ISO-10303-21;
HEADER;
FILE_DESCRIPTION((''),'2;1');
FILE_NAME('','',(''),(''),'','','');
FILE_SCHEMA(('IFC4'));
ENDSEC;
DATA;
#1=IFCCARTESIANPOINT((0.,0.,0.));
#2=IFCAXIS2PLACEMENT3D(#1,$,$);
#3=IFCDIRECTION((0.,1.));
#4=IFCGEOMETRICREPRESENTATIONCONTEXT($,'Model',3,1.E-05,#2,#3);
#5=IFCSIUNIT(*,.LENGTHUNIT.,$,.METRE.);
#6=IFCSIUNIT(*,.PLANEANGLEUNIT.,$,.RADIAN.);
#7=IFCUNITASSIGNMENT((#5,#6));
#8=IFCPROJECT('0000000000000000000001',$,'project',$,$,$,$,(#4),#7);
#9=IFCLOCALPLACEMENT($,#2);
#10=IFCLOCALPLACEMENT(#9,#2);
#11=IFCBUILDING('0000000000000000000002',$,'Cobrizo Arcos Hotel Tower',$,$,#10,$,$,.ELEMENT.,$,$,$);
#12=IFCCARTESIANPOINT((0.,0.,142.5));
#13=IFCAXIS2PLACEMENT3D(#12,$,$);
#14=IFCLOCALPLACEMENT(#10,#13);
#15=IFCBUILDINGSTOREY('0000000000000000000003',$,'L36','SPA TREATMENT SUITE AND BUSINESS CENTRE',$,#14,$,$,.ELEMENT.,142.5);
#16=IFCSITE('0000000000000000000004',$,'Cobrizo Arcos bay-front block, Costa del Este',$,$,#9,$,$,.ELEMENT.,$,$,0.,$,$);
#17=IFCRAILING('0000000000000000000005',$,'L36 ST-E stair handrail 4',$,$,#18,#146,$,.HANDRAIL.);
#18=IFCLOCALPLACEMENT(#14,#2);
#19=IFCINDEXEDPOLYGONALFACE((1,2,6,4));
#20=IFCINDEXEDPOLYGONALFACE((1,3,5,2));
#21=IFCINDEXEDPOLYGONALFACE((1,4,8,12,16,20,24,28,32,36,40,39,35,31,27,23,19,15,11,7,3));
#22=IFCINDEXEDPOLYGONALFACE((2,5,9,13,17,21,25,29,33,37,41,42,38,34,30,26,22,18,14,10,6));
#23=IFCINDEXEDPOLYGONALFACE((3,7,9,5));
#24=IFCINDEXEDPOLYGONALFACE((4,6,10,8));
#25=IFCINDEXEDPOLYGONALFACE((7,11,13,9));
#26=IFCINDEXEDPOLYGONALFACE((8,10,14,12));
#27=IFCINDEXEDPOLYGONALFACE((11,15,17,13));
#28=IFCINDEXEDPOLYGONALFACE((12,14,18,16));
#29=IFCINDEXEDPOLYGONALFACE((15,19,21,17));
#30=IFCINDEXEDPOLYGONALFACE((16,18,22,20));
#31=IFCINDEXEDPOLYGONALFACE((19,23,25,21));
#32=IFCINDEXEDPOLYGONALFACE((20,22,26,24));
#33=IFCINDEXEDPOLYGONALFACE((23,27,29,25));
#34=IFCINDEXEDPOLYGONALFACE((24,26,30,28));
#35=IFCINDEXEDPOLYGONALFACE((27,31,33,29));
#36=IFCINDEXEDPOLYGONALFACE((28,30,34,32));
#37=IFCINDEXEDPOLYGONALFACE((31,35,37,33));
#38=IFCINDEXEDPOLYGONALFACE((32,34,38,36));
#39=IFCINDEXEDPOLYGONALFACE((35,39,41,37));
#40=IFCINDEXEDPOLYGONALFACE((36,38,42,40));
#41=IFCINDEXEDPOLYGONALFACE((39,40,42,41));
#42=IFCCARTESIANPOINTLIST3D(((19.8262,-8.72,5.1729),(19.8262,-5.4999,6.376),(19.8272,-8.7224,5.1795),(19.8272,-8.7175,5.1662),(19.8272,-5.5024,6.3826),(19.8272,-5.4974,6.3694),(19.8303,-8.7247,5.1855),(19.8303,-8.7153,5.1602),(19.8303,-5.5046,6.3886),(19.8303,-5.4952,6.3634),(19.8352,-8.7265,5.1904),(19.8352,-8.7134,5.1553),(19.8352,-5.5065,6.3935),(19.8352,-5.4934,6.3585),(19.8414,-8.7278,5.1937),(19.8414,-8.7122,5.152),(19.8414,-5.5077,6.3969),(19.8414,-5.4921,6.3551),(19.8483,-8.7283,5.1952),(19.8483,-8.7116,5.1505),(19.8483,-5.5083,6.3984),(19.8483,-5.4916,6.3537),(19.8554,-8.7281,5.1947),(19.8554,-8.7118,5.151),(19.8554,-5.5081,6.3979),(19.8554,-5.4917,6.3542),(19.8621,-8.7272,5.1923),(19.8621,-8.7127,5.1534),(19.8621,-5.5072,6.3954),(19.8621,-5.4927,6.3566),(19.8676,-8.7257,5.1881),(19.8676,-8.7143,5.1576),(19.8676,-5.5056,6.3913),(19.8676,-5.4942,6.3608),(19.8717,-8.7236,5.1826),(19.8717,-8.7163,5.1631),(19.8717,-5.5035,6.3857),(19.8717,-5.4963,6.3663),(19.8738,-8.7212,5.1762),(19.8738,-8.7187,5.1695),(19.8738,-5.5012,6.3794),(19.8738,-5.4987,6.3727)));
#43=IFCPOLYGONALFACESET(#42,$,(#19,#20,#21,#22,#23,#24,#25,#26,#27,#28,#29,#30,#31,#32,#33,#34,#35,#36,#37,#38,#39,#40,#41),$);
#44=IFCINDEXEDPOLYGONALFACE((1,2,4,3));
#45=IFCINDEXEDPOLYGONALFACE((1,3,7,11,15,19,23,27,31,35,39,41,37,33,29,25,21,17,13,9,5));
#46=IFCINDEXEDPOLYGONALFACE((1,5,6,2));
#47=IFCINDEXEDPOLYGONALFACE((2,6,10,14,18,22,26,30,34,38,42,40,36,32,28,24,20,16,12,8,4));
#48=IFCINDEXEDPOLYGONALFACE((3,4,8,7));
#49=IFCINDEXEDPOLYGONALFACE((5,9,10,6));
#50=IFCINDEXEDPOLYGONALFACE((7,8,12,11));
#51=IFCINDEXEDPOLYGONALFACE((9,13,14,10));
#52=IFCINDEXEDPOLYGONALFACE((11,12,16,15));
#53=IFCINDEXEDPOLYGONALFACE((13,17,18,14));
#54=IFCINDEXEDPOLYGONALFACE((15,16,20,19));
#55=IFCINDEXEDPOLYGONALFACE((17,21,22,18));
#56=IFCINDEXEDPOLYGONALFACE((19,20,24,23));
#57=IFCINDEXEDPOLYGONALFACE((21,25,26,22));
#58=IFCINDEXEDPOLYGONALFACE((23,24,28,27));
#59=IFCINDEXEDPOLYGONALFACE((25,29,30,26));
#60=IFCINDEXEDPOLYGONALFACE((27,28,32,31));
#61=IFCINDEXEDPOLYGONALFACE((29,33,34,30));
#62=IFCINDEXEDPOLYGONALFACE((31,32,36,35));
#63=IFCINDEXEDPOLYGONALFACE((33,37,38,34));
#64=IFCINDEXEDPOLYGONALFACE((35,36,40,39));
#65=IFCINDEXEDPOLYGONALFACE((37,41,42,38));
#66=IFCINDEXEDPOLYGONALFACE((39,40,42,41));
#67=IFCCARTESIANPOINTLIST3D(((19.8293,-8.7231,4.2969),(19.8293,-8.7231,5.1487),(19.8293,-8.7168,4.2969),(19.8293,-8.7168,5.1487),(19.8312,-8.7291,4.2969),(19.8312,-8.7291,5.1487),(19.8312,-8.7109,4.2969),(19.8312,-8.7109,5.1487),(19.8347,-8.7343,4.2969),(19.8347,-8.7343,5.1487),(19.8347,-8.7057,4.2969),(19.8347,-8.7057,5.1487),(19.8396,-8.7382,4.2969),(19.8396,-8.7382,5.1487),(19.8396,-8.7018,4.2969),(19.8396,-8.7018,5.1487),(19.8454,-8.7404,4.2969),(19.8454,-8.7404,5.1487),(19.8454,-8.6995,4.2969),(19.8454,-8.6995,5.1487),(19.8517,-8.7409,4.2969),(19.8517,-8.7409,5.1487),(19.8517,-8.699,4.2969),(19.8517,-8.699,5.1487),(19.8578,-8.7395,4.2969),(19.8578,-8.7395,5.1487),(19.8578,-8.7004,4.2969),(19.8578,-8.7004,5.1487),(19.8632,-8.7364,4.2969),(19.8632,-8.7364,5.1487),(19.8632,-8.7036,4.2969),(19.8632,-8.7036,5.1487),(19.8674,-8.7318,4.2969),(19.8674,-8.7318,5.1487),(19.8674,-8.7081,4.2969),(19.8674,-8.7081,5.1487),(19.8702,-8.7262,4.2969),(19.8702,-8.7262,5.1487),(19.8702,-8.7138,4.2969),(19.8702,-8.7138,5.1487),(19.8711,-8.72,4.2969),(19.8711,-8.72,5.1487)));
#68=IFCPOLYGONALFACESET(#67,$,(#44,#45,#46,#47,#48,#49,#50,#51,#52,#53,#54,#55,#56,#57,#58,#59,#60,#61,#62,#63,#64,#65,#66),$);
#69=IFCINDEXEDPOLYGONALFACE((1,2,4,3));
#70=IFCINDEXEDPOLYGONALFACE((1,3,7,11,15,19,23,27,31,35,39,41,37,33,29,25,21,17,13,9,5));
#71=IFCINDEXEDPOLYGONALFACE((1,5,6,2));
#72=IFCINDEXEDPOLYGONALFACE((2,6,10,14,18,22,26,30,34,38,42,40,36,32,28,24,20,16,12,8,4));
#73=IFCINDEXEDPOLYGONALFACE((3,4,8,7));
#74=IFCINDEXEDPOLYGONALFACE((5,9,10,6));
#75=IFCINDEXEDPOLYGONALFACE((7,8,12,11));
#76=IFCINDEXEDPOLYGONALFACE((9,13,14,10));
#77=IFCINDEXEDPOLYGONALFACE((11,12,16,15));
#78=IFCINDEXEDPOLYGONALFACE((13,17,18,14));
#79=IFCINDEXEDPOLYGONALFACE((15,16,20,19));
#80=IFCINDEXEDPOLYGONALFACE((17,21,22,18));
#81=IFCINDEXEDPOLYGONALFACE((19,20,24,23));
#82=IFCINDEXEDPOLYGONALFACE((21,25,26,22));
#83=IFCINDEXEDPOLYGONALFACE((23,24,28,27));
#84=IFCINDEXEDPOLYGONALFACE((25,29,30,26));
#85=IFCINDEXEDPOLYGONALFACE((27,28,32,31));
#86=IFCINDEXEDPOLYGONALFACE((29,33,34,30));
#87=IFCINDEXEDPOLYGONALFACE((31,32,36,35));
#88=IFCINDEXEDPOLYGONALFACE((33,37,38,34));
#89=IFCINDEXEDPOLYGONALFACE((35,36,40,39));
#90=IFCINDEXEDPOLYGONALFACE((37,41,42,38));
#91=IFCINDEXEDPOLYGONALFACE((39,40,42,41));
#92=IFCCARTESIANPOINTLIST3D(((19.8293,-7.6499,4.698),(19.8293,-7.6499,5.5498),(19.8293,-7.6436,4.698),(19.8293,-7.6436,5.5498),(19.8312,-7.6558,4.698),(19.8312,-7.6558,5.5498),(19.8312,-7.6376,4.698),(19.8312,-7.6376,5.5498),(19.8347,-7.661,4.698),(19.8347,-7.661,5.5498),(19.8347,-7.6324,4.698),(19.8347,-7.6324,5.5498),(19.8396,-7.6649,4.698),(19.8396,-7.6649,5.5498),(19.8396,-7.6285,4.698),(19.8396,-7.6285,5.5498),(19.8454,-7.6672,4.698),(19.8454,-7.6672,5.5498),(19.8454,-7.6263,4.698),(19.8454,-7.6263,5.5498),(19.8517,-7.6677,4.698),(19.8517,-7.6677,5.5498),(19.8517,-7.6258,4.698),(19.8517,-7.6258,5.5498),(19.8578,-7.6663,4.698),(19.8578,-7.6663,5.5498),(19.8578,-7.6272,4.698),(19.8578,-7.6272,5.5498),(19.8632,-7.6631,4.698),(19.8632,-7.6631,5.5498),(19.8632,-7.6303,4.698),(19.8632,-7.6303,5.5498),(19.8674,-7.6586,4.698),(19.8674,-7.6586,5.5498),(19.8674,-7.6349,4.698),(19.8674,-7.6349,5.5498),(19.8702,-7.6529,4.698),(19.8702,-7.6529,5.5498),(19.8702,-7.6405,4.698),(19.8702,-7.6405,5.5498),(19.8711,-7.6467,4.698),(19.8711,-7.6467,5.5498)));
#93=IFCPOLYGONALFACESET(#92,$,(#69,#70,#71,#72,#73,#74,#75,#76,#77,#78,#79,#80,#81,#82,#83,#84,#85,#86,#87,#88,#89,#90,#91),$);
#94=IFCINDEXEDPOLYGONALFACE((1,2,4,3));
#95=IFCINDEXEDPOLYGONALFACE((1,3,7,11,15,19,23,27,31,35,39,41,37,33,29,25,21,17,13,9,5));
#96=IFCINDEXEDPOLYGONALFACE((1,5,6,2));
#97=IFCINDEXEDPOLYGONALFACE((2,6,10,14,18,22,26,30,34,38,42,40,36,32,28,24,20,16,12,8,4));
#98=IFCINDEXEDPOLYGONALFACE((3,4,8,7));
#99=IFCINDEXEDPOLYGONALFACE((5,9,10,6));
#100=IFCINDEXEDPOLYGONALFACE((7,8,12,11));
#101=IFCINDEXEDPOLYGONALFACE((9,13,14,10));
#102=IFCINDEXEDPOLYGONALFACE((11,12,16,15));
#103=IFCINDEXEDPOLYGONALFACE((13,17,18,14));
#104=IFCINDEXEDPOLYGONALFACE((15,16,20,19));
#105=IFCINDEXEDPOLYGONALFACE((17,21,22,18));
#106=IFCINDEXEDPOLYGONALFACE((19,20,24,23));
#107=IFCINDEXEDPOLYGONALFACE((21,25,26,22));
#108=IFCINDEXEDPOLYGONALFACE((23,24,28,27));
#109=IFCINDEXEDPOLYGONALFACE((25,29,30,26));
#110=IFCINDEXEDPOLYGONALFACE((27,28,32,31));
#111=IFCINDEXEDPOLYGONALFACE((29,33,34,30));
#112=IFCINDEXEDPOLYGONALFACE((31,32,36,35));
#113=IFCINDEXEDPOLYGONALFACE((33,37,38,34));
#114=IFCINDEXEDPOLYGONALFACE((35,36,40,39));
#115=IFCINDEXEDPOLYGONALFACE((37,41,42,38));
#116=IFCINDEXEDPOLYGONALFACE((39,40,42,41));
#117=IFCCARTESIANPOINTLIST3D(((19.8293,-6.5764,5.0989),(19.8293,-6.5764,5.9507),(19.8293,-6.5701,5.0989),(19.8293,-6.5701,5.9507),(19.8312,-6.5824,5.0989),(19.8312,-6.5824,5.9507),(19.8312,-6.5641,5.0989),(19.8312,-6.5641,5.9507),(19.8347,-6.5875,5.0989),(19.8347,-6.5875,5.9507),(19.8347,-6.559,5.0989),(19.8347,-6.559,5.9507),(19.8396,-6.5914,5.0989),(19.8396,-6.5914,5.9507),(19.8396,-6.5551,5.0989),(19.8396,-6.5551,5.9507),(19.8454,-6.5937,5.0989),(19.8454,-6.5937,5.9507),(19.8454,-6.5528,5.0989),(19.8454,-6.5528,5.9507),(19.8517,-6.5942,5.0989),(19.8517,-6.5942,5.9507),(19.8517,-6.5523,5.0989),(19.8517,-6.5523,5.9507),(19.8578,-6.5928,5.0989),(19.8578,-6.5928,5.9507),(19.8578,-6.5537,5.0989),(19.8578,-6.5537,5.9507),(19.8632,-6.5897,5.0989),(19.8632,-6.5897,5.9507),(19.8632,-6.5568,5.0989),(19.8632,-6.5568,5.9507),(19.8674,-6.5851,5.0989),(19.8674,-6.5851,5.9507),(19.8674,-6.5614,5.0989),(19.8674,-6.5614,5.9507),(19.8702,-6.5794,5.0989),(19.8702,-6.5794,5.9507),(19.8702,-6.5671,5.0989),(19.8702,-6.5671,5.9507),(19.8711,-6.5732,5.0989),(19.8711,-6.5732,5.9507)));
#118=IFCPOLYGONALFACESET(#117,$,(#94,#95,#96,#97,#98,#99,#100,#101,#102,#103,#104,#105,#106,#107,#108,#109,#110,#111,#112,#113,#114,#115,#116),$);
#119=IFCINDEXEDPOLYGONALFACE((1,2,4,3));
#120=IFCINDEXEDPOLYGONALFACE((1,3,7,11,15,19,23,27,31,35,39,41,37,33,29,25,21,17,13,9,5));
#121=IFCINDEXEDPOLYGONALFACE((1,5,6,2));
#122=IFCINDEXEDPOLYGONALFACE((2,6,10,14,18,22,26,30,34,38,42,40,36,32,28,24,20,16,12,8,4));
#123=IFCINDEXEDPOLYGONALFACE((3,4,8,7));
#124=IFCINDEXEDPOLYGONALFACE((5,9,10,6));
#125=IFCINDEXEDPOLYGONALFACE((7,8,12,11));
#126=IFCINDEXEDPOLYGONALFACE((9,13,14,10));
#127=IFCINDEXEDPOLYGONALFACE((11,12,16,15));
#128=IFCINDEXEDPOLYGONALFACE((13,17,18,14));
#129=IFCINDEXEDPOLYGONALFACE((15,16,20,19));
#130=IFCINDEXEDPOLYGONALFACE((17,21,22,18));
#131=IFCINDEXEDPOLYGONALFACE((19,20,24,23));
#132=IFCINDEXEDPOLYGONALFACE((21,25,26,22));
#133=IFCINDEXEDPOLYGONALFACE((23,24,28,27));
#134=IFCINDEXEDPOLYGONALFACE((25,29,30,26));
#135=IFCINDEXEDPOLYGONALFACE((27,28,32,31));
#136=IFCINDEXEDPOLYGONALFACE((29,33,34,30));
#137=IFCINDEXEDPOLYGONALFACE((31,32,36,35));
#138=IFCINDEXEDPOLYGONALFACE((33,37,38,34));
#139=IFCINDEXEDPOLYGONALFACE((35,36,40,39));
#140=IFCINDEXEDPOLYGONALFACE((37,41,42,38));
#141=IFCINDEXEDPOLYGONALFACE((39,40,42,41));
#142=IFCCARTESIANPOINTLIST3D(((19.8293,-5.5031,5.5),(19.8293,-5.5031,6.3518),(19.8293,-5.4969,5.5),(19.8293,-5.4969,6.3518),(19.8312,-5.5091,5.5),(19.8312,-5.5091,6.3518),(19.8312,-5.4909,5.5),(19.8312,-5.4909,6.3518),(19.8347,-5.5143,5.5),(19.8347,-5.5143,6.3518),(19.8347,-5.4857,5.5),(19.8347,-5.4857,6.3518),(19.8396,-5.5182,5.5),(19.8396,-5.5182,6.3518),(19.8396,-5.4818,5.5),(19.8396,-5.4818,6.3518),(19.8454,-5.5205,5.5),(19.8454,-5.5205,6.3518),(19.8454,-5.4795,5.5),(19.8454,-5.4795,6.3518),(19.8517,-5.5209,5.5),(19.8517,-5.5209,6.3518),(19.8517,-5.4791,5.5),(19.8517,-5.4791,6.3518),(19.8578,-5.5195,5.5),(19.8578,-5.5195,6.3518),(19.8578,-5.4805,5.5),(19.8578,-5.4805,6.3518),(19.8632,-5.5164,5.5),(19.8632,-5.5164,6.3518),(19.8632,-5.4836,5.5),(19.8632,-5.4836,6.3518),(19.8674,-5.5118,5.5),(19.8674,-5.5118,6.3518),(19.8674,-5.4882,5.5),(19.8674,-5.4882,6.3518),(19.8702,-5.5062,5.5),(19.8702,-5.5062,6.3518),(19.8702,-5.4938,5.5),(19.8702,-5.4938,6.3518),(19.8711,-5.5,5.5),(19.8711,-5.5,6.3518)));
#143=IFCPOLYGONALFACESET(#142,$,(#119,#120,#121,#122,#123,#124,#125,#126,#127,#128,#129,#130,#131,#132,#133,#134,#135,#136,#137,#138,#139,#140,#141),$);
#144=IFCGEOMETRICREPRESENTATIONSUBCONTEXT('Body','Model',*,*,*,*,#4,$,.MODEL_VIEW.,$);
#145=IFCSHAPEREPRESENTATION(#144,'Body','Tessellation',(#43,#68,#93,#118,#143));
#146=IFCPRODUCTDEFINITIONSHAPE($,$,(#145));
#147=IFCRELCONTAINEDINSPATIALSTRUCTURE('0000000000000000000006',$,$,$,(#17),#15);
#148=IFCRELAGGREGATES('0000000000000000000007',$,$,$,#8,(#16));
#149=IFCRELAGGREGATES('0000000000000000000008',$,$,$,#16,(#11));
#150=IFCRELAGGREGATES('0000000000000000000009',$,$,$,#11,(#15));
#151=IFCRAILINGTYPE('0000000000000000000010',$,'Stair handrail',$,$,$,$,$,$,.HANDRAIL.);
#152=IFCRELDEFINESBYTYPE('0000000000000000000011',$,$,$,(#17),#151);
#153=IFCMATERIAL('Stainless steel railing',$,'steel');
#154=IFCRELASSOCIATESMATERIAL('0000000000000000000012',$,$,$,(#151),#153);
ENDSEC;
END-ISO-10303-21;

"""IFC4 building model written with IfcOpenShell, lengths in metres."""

from ifc_helpers import new_model, si_unit, direction, frame, origin, origin_2d, place, context, subcontext, project, spatial, circle, extrude, material, type_object, element, save


model = new_model("IFC4")

# Units and contexts
model_context = context("Model", 3, precision=1e-05, world=origin(), true_north=direction((0.0, 1.0)))
body_context = subcontext(model_context, "Body", "Model", "MODEL_VIEW")
ifc_project = project(units=[si_unit("LENGTHUNIT", "METRE"), si_unit("PLANEANGLEUNIT", "RADIAN")], contexts=[model_context])

# Site, building, storey
site_placement = place(None, origin())
site = spatial("IfcSite", under=ifc_project, at=site_placement, Name="Cobrizo Arcos bay-front block, Costa del Este", CompositionType="ELEMENT", RefElevation=0.0)
building_placement = place(site_placement, origin())
building = spatial("IfcBuilding", under=site, at=building_placement, Name="Cobrizo Arcos Hotel Tower", CompositionType="ELEMENT")
storey_placement = place(building_placement, frame((0.0, 0.0, 142.5)))
storey = spatial("IfcBuildingStorey", under=building, at=storey_placement, Name="L36", Description="SPA TREATMENT SUITE AND BUSINESS CENTRE", CompositionType="ELEMENT", Elevation=142.5)

# Railing
ifc_material_1 = material(Name="Stainless steel railing", Category="steel")
railing_type_1 = type_object("IfcRailingType", Name="Stair handrail", PredefinedType="HANDRAIL", material=ifc_material_1)
railing_1_placement = place(storey_placement, frame((19.8501, -8.72, 4.2969)))
element("IfcRailing", 1, at=railing_1_placement, inside=storey, type_object=railing_type_1, Name="L36 ST-E stair handrail 4", PredefinedType="HANDRAIL", context=body_context, shape_type="SweptSolid", body=[
    extrude(circle(Radius=0.0239, at=origin_2d()), frame((0.0, 0.0, 0.876), z_axis=(0.0, 0.936746, 0.35001), x_axis=(-1.0, 0.0, 0.0)), (0.0, 0.0, 1.0), 3.4375),
    extrude(circle(Radius=0.021, at=origin_2d()), origin(), (0.0, 0.0, 1.0), 0.8518),
    extrude(circle(Radius=0.021, at=origin_2d()), frame((0.0, 1.0732, 0.4011)), (0.0, 0.0, 1.0), 0.8518),
    extrude(circle(Radius=0.021, at=origin_2d()), frame((0.0, 2.1467, 0.802)), (0.0, 0.0, 1.0), 0.8518),
    extrude(circle(Radius=0.021, at=origin_2d()), frame((0.0, 3.22, 1.2031)), (0.0, 0.0, 1.0), 0.8518),
])

save(model, "model.ifc")
